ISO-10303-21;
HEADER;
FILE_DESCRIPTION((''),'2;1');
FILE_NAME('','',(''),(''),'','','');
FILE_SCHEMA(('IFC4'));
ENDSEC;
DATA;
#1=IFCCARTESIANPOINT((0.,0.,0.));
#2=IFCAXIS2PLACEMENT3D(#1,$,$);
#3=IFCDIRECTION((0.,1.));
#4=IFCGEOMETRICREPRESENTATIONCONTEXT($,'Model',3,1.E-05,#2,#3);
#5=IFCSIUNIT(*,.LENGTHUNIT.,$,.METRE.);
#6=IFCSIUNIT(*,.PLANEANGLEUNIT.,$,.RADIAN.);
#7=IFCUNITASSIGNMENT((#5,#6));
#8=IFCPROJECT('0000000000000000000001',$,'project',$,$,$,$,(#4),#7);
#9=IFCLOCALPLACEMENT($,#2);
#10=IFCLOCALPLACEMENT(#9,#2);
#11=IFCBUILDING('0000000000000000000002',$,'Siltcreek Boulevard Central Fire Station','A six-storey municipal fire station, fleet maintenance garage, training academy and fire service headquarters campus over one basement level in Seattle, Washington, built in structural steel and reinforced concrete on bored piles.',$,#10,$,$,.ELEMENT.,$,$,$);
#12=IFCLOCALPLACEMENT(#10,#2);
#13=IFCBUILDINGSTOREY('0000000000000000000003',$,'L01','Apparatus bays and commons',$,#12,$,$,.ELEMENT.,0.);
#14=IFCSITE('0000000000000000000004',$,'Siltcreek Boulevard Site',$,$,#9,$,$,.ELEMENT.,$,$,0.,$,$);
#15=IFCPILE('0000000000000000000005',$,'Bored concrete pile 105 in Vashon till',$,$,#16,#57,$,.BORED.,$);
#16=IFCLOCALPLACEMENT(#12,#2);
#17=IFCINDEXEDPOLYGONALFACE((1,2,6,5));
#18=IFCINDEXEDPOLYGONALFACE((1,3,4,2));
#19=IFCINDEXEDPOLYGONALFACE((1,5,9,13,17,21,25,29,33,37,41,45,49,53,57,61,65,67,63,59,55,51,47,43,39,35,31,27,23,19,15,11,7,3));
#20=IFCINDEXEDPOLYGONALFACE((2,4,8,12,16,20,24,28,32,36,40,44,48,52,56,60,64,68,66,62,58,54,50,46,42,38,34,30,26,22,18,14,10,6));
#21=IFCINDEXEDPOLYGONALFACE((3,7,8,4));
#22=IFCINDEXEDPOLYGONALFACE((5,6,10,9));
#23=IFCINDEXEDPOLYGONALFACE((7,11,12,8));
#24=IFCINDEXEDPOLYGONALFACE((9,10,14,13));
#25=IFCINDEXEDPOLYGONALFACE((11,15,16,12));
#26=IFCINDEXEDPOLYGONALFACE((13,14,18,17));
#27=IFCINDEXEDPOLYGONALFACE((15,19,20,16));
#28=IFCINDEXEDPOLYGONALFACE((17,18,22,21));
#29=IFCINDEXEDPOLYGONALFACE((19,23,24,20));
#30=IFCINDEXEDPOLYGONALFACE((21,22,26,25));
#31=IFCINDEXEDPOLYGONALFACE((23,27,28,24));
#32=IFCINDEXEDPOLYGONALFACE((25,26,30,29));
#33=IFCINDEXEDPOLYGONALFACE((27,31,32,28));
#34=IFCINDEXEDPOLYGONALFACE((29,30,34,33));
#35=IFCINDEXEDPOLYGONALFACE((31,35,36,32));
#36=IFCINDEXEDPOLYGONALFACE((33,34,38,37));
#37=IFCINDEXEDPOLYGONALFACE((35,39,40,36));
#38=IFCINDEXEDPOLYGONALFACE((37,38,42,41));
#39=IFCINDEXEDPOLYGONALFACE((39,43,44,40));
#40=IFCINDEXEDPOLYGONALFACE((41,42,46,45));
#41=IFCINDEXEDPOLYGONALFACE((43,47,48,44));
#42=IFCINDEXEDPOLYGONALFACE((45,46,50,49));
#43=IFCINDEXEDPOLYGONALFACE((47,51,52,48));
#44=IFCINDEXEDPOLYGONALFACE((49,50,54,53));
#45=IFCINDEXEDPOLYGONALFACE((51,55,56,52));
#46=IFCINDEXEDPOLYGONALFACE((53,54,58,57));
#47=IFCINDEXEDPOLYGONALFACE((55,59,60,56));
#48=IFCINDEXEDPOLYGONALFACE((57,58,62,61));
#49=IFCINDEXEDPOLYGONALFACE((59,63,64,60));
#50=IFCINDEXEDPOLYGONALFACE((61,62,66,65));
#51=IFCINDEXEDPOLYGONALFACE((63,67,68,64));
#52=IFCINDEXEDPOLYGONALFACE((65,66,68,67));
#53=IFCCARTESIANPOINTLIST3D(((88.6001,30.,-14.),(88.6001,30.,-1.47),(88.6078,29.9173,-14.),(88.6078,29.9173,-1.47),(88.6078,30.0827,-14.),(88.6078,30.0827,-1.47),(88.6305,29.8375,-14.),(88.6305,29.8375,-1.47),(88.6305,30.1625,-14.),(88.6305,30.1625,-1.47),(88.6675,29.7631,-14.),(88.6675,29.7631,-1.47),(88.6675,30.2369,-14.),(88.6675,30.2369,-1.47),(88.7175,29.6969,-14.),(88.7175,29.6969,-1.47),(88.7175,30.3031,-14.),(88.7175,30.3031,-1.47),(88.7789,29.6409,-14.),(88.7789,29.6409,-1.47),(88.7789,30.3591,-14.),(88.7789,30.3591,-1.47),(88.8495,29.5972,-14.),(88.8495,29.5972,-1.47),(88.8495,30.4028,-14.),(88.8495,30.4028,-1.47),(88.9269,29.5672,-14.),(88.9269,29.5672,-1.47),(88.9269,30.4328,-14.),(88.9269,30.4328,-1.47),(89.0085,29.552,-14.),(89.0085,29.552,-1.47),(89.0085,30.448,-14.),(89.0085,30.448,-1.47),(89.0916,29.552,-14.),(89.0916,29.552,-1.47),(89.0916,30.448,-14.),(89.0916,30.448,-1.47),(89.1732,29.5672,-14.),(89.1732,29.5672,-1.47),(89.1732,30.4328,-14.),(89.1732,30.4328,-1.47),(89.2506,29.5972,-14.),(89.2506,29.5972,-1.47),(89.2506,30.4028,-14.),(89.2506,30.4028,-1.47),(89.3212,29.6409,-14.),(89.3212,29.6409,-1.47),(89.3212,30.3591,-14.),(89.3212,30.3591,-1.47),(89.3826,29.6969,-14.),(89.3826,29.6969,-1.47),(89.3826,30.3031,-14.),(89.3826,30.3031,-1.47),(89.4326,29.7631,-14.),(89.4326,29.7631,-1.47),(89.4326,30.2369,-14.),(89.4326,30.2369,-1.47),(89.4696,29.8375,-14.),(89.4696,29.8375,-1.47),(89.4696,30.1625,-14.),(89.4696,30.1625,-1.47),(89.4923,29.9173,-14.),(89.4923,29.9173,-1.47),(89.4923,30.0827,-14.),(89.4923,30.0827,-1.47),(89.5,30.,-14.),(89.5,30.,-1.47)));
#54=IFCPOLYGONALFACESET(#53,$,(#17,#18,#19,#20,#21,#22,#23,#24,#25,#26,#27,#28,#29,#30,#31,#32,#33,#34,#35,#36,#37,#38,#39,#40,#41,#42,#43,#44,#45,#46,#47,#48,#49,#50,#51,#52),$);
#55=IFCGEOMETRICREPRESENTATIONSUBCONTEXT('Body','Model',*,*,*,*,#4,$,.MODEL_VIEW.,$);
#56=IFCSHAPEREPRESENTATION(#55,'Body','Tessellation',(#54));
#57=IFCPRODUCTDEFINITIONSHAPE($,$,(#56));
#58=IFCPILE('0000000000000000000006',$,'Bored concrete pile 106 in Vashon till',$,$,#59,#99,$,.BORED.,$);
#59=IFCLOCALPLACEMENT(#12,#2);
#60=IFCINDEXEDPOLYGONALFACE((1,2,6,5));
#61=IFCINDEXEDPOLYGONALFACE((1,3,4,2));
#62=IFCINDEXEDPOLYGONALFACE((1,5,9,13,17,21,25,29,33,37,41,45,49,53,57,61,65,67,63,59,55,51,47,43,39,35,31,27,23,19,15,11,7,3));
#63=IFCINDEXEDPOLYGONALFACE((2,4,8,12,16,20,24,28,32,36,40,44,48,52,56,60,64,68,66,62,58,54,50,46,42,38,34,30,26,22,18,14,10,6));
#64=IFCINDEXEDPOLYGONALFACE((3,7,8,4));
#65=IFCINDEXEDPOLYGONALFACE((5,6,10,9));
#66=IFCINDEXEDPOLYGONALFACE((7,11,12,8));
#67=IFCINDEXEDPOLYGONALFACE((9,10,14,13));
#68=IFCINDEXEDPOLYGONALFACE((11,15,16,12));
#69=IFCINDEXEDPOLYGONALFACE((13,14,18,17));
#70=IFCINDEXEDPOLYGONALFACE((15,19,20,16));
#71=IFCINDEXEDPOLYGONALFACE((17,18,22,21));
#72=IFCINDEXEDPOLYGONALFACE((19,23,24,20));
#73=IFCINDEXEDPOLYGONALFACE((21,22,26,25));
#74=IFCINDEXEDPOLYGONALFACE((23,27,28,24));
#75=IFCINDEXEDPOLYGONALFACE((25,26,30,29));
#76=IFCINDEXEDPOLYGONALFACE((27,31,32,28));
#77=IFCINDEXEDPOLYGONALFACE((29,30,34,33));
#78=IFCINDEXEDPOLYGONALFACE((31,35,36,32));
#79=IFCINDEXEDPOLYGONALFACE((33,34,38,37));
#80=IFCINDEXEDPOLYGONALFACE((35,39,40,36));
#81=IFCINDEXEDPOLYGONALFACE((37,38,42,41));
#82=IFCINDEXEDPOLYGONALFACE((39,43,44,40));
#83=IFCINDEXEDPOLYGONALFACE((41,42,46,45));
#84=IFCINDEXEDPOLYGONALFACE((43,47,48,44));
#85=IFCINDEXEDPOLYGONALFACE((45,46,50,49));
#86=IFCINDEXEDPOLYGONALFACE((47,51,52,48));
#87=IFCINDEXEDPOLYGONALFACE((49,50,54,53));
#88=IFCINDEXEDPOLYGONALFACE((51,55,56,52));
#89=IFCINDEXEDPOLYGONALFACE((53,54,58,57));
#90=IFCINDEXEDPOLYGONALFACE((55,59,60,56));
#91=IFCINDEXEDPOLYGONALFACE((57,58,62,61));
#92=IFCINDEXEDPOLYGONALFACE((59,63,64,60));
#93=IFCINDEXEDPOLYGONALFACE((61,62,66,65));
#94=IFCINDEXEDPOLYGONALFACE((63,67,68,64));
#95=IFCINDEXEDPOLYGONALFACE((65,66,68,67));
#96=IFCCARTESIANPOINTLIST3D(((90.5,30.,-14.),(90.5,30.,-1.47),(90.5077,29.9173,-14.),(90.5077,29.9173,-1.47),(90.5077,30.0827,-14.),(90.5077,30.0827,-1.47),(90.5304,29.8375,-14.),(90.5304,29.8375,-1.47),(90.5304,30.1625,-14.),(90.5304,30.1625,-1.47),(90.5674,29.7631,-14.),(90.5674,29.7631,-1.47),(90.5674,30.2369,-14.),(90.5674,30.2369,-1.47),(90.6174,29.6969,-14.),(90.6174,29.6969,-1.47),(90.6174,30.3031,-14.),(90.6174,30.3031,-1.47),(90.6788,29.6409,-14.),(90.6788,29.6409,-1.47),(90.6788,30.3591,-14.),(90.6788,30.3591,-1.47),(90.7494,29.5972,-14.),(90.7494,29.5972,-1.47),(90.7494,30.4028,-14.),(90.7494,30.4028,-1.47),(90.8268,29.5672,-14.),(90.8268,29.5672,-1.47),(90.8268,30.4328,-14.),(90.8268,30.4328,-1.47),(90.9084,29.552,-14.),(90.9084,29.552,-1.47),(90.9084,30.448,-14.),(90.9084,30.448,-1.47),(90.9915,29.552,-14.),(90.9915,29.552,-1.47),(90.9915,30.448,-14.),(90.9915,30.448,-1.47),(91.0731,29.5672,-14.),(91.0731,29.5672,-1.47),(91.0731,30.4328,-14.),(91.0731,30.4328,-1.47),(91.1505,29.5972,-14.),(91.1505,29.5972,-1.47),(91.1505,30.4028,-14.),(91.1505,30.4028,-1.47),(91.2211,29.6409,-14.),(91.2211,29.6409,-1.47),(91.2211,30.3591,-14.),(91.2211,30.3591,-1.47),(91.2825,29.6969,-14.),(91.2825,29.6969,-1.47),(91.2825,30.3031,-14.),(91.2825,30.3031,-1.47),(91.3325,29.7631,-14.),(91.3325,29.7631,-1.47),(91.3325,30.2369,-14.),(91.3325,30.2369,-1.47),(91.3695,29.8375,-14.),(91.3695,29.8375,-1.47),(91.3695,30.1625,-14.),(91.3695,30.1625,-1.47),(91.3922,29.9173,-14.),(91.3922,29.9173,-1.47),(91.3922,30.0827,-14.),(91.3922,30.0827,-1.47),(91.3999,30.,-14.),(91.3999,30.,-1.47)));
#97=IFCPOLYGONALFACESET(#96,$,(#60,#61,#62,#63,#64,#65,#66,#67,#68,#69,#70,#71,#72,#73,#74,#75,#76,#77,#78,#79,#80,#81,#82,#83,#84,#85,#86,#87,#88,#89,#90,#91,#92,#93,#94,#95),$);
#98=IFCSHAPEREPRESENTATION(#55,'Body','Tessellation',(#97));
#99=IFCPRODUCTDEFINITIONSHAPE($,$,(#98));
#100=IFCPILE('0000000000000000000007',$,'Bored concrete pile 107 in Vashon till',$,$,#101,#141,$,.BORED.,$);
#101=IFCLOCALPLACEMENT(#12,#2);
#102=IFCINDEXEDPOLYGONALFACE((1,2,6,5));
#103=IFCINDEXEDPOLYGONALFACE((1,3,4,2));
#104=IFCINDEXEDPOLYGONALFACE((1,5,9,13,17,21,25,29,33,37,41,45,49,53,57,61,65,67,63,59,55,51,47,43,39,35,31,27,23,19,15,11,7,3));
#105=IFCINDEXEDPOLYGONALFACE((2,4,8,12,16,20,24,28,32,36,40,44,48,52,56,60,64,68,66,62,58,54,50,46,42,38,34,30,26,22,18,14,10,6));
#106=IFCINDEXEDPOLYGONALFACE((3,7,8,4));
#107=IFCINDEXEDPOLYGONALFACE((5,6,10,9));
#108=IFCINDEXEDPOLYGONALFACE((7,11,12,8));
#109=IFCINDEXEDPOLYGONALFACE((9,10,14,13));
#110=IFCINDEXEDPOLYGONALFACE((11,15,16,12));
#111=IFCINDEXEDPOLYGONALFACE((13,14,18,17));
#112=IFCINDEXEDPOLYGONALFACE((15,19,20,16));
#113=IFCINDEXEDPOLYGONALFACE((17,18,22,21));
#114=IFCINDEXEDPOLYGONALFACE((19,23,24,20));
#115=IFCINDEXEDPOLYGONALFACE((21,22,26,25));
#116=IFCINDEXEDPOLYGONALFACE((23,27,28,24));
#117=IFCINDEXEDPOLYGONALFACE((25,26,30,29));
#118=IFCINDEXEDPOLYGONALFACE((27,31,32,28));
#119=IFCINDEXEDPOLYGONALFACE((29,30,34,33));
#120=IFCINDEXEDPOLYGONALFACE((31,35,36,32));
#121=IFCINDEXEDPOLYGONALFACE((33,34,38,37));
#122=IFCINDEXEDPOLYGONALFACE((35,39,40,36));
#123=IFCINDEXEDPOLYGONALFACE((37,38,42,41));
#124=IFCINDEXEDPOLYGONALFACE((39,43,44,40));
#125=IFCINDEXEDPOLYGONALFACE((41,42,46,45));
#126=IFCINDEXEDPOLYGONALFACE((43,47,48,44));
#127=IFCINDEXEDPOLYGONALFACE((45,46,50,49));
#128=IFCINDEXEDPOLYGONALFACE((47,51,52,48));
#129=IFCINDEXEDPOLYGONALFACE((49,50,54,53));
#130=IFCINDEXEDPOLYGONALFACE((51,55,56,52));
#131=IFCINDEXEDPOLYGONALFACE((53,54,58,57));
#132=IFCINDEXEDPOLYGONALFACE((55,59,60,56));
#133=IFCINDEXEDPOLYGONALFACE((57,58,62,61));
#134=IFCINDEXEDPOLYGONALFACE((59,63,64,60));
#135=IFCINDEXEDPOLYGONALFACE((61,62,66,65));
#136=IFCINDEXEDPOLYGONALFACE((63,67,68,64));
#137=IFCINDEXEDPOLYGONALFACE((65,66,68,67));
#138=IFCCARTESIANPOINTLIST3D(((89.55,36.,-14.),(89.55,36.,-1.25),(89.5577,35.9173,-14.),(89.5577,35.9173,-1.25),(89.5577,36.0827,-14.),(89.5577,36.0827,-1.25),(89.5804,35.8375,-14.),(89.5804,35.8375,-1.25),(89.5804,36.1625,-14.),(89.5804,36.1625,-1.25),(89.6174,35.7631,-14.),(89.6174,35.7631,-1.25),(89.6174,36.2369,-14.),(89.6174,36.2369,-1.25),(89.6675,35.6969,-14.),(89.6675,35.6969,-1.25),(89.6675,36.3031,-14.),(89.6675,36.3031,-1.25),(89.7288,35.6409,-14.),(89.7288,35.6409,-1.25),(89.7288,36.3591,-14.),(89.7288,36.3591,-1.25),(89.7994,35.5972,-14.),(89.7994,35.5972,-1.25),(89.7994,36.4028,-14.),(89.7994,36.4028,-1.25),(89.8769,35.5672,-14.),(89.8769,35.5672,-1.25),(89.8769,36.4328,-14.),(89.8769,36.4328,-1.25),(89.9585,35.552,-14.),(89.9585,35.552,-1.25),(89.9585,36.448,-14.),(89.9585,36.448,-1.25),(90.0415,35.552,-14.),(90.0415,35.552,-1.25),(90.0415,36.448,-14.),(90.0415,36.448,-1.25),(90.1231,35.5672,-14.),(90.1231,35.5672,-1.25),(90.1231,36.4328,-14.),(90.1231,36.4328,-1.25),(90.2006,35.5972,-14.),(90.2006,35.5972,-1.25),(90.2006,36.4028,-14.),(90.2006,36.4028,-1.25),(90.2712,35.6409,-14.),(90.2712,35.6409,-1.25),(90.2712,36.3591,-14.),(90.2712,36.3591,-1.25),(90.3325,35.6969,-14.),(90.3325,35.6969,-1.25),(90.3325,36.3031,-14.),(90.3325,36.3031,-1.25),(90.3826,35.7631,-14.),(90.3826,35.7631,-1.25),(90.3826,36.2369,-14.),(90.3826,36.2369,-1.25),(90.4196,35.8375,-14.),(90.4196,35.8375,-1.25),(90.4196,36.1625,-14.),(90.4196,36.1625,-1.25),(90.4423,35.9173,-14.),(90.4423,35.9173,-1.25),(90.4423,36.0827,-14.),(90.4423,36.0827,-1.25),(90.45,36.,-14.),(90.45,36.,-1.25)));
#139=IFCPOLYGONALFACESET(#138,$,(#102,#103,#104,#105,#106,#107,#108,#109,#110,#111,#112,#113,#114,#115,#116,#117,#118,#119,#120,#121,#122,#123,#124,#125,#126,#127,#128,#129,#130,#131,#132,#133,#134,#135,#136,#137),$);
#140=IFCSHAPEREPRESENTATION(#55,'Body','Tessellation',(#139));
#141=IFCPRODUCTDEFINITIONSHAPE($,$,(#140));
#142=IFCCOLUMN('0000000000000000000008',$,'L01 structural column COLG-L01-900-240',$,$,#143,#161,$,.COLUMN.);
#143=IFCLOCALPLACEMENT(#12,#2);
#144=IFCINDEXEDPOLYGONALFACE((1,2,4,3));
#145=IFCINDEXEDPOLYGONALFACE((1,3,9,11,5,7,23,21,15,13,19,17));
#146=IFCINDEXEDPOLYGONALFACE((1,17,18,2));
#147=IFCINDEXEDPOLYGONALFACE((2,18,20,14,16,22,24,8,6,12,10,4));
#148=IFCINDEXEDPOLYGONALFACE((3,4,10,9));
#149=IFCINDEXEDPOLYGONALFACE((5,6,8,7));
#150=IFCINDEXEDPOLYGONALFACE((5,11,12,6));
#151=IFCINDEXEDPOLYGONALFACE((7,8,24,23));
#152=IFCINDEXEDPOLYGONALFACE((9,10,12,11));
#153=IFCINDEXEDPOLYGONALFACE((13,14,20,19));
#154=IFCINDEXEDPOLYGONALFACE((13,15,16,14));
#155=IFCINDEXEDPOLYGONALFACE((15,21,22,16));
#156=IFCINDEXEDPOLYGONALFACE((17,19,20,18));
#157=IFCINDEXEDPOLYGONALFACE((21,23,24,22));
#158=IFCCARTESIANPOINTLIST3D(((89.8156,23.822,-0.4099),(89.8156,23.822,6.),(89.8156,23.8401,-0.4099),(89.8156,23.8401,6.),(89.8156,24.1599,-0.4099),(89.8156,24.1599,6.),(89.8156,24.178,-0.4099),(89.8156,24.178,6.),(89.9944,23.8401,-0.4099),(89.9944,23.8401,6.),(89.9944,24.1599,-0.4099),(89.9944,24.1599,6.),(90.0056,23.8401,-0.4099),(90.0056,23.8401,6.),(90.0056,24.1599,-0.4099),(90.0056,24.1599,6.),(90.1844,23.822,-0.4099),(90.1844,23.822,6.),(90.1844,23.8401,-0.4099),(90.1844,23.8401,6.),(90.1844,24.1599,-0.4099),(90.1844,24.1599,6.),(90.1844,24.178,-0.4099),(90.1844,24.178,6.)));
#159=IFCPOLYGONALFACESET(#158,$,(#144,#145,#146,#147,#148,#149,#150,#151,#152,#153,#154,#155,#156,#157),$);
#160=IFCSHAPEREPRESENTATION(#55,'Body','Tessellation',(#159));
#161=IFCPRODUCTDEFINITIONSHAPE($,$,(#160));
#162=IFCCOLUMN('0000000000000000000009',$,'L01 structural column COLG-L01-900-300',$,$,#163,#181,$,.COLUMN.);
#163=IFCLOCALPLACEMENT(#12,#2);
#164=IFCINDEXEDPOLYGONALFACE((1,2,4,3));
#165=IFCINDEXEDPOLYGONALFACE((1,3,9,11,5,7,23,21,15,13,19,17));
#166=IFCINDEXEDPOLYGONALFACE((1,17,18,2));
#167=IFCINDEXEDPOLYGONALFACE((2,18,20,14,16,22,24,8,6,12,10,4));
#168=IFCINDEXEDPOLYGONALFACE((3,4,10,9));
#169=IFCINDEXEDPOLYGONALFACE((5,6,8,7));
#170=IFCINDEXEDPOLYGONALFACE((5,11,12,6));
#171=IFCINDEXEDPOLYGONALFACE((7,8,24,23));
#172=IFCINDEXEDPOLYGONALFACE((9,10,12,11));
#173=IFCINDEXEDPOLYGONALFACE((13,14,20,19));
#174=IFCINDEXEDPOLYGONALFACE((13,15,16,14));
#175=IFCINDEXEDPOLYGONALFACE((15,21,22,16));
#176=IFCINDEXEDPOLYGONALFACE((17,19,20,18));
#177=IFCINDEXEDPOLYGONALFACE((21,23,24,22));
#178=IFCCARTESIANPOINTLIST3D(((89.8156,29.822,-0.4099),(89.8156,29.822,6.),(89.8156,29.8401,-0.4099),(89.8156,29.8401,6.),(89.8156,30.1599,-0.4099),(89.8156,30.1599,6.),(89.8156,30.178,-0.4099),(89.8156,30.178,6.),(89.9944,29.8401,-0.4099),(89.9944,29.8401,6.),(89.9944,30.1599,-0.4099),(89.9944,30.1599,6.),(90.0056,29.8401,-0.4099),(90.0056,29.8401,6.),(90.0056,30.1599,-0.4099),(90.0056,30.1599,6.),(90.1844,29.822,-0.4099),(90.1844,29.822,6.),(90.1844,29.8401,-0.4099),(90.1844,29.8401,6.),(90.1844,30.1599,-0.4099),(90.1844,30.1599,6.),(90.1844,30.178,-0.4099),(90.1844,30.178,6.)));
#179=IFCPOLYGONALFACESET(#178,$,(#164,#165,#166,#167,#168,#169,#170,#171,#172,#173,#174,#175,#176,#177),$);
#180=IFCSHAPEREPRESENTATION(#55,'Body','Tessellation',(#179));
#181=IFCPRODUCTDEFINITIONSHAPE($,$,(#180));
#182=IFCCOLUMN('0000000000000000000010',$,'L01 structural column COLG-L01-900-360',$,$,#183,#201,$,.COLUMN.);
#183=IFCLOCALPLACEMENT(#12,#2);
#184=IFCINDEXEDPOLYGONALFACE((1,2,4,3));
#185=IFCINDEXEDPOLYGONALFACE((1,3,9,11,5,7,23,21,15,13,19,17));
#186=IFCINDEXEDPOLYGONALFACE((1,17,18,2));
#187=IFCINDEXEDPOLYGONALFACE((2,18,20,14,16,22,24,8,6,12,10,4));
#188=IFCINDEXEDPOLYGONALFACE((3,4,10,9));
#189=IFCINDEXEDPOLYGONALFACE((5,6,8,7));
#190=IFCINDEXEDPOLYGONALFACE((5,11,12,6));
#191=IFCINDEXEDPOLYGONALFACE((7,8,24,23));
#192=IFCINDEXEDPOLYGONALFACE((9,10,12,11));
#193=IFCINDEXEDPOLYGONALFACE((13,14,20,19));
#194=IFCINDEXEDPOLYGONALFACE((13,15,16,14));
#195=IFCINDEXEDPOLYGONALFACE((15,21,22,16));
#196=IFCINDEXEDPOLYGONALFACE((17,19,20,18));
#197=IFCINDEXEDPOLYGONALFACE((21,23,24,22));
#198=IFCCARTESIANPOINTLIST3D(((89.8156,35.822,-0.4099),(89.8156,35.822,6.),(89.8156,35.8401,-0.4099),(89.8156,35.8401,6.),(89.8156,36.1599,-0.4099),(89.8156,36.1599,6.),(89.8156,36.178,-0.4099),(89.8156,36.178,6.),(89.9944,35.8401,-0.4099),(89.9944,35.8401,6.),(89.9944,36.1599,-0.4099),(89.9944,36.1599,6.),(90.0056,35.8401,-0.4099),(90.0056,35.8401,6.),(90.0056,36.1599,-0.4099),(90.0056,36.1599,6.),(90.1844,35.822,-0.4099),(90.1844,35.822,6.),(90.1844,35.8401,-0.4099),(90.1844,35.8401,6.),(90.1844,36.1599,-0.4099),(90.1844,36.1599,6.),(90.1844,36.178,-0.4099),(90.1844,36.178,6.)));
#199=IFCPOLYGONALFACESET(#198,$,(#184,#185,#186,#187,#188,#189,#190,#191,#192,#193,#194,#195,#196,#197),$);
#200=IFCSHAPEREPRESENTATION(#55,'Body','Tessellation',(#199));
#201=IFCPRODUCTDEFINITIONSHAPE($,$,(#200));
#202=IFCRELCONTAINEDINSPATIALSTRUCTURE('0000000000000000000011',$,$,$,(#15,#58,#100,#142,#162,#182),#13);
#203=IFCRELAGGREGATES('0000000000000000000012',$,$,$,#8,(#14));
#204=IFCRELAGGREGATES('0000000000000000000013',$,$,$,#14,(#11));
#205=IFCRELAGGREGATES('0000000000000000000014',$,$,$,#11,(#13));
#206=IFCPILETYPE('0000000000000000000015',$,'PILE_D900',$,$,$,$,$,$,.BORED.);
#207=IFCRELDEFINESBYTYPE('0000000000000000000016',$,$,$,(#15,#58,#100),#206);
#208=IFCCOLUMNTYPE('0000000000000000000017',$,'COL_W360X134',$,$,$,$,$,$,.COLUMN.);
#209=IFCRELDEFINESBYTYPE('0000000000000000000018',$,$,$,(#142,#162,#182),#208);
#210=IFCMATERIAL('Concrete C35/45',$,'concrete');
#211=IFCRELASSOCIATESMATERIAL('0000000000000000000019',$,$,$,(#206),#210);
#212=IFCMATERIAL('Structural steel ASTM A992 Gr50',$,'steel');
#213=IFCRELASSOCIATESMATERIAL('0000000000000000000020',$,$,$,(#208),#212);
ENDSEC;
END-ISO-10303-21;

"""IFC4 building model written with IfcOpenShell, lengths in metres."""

from ifc_helpers import new_model, si_unit, direction, frame, origin, origin_2d, place, context, subcontext, project, spatial, circle, i_section, extrude, material, material_profile, profile_set, type_object, element, save


model = new_model("IFC4")

# Units and contexts
model_context = context("Model", 3, precision=1e-05, world=origin(), true_north=direction((0.0, 1.0)))
body_context = subcontext(model_context, "Body", "Model", "MODEL_VIEW")
ifc_project = project(units=[si_unit("LENGTHUNIT", "METRE"), si_unit("PLANEANGLEUNIT", "RADIAN")], contexts=[model_context])

# Site, building, storey
site_placement = place(None, origin())
site = spatial("IfcSite", under=ifc_project, at=site_placement, Name="Siltcreek Boulevard Site", CompositionType="ELEMENT", RefElevation=0.0)
building_placement = place(site_placement, origin())
building = spatial("IfcBuilding", under=site, at=building_placement, Name="Siltcreek Boulevard Central Fire Station", Description="A six-storey municipal fire station, fleet maintenance garage, training academy and fire service headquarters campus over one basement level in Seattle, Washington, built in structural steel and reinforced concrete on bored piles.", CompositionType="ELEMENT")
storey_placement = place(building_placement, origin())
storey = spatial("IfcBuildingStorey", under=building, at=storey_placement, Name="L01", Description="Apparatus bays and commons", CompositionType="ELEMENT", Elevation=0.0)

# Shared definitions
ifc_material_1 = material(Name="Concrete C35/45", Category="concrete")

# Piles
ifc_material_profile_1 = material_profile(ifc_material_1, circle(Radius=0.45, at=origin_2d()), Name="SHAFT900")
ifc_profile_set_1 = profile_set([ifc_material_profile_1], Name="Concrete C35/45")
pile_type_1 = type_object("IfcPileType", Name="PILE_D900", PredefinedType="BORED", material=ifc_profile_set_1)
for number, where, z_axis, x_axis, name in (
    (1, (89.05, 30.0, -1.47), (0.0, 0.0, -1.0), (1.0, 0.0, 0.0), "Bored concrete pile 105 in Vashon till"),
    (2, (90.95, 30.0, -1.47), (0.0, 0.0, -1.0), (1.0, 0.0, 0.0), "Bored concrete pile 106 in Vashon till"),
):
    element("IfcPile", number, at=place(storey_placement, frame(where, z_axis=z_axis, x_axis=x_axis)), inside=storey, type_object=pile_type_1, Name=name, PredefinedType="BORED", context=body_context, shape_type="SweptSolid", body=[
        extrude(circle(Radius=0.45, at=origin_2d()), origin(), (0.0, 0.0, 1.0), 12.53),
    ])
pile_1_placement = place(storey_placement, frame((90.0, 36.0, -1.25), z_axis=(0.0, 0.0, -1.0), x_axis=(1.0, 0.0, 0.0)))
element("IfcPile", 3, at=pile_1_placement, inside=storey, type_object=pile_type_1, Name="Bored concrete pile 107 in Vashon till", PredefinedType="BORED", context=body_context, shape_type="SweptSolid", body=[
    extrude(circle(Radius=0.45, at=origin_2d()), origin(), (0.0, 0.0, 1.0), 12.75),
])

# Columns
ifc_material_2 = material(Name="Structural steel ASTM A992 Gr50", Category="steel")
ifc_material_profile_2 = material_profile(ifc_material_2, i_section(OverallWidth=0.3689, OverallDepth=0.356, WebThickness=0.0112, FlangeThickness=0.0181, at=origin_2d()), Name="W360X134")
ifc_profile_set_2 = profile_set([ifc_material_profile_2], Name="Structural steel ASTM A992 Gr50")
column_type_1 = type_object("IfcColumnType", Name="COL_W360X134", PredefinedType="COLUMN", material=ifc_profile_set_2)
for number, where, z_axis, x_axis, name in (
    (4, (90.0, 24.0, -0.4099), (0.0, 0.0, 1.0), (1.0, 0.0, 0.0), "L01 structural column COLG-L01-900-240"),
    (5, (90.0, 30.0, -0.4099), (0.0, 0.0, 1.0), (1.0, 0.0, 0.0), "L01 structural column COLG-L01-900-300"),
    (6, (90.0, 36.0, -0.4099), (0.0, 0.0, 1.0), (1.0, 0.0, 0.0), "L01 structural column COLG-L01-900-360"),
):
    element("IfcColumn", number, at=place(storey_placement, frame(where, z_axis=z_axis, x_axis=x_axis)), inside=storey, type_object=column_type_1, Name=name, PredefinedType="COLUMN", context=body_context, shape_type="SweptSolid", body=[
        extrude(i_section(OverallWidth=0.3689, OverallDepth=0.356, WebThickness=0.0112, FlangeThickness=0.0181, at=origin_2d()), origin(), (0.0, 0.0, 1.0), 6.4099),
    ])

save(model, "model.ifc")
